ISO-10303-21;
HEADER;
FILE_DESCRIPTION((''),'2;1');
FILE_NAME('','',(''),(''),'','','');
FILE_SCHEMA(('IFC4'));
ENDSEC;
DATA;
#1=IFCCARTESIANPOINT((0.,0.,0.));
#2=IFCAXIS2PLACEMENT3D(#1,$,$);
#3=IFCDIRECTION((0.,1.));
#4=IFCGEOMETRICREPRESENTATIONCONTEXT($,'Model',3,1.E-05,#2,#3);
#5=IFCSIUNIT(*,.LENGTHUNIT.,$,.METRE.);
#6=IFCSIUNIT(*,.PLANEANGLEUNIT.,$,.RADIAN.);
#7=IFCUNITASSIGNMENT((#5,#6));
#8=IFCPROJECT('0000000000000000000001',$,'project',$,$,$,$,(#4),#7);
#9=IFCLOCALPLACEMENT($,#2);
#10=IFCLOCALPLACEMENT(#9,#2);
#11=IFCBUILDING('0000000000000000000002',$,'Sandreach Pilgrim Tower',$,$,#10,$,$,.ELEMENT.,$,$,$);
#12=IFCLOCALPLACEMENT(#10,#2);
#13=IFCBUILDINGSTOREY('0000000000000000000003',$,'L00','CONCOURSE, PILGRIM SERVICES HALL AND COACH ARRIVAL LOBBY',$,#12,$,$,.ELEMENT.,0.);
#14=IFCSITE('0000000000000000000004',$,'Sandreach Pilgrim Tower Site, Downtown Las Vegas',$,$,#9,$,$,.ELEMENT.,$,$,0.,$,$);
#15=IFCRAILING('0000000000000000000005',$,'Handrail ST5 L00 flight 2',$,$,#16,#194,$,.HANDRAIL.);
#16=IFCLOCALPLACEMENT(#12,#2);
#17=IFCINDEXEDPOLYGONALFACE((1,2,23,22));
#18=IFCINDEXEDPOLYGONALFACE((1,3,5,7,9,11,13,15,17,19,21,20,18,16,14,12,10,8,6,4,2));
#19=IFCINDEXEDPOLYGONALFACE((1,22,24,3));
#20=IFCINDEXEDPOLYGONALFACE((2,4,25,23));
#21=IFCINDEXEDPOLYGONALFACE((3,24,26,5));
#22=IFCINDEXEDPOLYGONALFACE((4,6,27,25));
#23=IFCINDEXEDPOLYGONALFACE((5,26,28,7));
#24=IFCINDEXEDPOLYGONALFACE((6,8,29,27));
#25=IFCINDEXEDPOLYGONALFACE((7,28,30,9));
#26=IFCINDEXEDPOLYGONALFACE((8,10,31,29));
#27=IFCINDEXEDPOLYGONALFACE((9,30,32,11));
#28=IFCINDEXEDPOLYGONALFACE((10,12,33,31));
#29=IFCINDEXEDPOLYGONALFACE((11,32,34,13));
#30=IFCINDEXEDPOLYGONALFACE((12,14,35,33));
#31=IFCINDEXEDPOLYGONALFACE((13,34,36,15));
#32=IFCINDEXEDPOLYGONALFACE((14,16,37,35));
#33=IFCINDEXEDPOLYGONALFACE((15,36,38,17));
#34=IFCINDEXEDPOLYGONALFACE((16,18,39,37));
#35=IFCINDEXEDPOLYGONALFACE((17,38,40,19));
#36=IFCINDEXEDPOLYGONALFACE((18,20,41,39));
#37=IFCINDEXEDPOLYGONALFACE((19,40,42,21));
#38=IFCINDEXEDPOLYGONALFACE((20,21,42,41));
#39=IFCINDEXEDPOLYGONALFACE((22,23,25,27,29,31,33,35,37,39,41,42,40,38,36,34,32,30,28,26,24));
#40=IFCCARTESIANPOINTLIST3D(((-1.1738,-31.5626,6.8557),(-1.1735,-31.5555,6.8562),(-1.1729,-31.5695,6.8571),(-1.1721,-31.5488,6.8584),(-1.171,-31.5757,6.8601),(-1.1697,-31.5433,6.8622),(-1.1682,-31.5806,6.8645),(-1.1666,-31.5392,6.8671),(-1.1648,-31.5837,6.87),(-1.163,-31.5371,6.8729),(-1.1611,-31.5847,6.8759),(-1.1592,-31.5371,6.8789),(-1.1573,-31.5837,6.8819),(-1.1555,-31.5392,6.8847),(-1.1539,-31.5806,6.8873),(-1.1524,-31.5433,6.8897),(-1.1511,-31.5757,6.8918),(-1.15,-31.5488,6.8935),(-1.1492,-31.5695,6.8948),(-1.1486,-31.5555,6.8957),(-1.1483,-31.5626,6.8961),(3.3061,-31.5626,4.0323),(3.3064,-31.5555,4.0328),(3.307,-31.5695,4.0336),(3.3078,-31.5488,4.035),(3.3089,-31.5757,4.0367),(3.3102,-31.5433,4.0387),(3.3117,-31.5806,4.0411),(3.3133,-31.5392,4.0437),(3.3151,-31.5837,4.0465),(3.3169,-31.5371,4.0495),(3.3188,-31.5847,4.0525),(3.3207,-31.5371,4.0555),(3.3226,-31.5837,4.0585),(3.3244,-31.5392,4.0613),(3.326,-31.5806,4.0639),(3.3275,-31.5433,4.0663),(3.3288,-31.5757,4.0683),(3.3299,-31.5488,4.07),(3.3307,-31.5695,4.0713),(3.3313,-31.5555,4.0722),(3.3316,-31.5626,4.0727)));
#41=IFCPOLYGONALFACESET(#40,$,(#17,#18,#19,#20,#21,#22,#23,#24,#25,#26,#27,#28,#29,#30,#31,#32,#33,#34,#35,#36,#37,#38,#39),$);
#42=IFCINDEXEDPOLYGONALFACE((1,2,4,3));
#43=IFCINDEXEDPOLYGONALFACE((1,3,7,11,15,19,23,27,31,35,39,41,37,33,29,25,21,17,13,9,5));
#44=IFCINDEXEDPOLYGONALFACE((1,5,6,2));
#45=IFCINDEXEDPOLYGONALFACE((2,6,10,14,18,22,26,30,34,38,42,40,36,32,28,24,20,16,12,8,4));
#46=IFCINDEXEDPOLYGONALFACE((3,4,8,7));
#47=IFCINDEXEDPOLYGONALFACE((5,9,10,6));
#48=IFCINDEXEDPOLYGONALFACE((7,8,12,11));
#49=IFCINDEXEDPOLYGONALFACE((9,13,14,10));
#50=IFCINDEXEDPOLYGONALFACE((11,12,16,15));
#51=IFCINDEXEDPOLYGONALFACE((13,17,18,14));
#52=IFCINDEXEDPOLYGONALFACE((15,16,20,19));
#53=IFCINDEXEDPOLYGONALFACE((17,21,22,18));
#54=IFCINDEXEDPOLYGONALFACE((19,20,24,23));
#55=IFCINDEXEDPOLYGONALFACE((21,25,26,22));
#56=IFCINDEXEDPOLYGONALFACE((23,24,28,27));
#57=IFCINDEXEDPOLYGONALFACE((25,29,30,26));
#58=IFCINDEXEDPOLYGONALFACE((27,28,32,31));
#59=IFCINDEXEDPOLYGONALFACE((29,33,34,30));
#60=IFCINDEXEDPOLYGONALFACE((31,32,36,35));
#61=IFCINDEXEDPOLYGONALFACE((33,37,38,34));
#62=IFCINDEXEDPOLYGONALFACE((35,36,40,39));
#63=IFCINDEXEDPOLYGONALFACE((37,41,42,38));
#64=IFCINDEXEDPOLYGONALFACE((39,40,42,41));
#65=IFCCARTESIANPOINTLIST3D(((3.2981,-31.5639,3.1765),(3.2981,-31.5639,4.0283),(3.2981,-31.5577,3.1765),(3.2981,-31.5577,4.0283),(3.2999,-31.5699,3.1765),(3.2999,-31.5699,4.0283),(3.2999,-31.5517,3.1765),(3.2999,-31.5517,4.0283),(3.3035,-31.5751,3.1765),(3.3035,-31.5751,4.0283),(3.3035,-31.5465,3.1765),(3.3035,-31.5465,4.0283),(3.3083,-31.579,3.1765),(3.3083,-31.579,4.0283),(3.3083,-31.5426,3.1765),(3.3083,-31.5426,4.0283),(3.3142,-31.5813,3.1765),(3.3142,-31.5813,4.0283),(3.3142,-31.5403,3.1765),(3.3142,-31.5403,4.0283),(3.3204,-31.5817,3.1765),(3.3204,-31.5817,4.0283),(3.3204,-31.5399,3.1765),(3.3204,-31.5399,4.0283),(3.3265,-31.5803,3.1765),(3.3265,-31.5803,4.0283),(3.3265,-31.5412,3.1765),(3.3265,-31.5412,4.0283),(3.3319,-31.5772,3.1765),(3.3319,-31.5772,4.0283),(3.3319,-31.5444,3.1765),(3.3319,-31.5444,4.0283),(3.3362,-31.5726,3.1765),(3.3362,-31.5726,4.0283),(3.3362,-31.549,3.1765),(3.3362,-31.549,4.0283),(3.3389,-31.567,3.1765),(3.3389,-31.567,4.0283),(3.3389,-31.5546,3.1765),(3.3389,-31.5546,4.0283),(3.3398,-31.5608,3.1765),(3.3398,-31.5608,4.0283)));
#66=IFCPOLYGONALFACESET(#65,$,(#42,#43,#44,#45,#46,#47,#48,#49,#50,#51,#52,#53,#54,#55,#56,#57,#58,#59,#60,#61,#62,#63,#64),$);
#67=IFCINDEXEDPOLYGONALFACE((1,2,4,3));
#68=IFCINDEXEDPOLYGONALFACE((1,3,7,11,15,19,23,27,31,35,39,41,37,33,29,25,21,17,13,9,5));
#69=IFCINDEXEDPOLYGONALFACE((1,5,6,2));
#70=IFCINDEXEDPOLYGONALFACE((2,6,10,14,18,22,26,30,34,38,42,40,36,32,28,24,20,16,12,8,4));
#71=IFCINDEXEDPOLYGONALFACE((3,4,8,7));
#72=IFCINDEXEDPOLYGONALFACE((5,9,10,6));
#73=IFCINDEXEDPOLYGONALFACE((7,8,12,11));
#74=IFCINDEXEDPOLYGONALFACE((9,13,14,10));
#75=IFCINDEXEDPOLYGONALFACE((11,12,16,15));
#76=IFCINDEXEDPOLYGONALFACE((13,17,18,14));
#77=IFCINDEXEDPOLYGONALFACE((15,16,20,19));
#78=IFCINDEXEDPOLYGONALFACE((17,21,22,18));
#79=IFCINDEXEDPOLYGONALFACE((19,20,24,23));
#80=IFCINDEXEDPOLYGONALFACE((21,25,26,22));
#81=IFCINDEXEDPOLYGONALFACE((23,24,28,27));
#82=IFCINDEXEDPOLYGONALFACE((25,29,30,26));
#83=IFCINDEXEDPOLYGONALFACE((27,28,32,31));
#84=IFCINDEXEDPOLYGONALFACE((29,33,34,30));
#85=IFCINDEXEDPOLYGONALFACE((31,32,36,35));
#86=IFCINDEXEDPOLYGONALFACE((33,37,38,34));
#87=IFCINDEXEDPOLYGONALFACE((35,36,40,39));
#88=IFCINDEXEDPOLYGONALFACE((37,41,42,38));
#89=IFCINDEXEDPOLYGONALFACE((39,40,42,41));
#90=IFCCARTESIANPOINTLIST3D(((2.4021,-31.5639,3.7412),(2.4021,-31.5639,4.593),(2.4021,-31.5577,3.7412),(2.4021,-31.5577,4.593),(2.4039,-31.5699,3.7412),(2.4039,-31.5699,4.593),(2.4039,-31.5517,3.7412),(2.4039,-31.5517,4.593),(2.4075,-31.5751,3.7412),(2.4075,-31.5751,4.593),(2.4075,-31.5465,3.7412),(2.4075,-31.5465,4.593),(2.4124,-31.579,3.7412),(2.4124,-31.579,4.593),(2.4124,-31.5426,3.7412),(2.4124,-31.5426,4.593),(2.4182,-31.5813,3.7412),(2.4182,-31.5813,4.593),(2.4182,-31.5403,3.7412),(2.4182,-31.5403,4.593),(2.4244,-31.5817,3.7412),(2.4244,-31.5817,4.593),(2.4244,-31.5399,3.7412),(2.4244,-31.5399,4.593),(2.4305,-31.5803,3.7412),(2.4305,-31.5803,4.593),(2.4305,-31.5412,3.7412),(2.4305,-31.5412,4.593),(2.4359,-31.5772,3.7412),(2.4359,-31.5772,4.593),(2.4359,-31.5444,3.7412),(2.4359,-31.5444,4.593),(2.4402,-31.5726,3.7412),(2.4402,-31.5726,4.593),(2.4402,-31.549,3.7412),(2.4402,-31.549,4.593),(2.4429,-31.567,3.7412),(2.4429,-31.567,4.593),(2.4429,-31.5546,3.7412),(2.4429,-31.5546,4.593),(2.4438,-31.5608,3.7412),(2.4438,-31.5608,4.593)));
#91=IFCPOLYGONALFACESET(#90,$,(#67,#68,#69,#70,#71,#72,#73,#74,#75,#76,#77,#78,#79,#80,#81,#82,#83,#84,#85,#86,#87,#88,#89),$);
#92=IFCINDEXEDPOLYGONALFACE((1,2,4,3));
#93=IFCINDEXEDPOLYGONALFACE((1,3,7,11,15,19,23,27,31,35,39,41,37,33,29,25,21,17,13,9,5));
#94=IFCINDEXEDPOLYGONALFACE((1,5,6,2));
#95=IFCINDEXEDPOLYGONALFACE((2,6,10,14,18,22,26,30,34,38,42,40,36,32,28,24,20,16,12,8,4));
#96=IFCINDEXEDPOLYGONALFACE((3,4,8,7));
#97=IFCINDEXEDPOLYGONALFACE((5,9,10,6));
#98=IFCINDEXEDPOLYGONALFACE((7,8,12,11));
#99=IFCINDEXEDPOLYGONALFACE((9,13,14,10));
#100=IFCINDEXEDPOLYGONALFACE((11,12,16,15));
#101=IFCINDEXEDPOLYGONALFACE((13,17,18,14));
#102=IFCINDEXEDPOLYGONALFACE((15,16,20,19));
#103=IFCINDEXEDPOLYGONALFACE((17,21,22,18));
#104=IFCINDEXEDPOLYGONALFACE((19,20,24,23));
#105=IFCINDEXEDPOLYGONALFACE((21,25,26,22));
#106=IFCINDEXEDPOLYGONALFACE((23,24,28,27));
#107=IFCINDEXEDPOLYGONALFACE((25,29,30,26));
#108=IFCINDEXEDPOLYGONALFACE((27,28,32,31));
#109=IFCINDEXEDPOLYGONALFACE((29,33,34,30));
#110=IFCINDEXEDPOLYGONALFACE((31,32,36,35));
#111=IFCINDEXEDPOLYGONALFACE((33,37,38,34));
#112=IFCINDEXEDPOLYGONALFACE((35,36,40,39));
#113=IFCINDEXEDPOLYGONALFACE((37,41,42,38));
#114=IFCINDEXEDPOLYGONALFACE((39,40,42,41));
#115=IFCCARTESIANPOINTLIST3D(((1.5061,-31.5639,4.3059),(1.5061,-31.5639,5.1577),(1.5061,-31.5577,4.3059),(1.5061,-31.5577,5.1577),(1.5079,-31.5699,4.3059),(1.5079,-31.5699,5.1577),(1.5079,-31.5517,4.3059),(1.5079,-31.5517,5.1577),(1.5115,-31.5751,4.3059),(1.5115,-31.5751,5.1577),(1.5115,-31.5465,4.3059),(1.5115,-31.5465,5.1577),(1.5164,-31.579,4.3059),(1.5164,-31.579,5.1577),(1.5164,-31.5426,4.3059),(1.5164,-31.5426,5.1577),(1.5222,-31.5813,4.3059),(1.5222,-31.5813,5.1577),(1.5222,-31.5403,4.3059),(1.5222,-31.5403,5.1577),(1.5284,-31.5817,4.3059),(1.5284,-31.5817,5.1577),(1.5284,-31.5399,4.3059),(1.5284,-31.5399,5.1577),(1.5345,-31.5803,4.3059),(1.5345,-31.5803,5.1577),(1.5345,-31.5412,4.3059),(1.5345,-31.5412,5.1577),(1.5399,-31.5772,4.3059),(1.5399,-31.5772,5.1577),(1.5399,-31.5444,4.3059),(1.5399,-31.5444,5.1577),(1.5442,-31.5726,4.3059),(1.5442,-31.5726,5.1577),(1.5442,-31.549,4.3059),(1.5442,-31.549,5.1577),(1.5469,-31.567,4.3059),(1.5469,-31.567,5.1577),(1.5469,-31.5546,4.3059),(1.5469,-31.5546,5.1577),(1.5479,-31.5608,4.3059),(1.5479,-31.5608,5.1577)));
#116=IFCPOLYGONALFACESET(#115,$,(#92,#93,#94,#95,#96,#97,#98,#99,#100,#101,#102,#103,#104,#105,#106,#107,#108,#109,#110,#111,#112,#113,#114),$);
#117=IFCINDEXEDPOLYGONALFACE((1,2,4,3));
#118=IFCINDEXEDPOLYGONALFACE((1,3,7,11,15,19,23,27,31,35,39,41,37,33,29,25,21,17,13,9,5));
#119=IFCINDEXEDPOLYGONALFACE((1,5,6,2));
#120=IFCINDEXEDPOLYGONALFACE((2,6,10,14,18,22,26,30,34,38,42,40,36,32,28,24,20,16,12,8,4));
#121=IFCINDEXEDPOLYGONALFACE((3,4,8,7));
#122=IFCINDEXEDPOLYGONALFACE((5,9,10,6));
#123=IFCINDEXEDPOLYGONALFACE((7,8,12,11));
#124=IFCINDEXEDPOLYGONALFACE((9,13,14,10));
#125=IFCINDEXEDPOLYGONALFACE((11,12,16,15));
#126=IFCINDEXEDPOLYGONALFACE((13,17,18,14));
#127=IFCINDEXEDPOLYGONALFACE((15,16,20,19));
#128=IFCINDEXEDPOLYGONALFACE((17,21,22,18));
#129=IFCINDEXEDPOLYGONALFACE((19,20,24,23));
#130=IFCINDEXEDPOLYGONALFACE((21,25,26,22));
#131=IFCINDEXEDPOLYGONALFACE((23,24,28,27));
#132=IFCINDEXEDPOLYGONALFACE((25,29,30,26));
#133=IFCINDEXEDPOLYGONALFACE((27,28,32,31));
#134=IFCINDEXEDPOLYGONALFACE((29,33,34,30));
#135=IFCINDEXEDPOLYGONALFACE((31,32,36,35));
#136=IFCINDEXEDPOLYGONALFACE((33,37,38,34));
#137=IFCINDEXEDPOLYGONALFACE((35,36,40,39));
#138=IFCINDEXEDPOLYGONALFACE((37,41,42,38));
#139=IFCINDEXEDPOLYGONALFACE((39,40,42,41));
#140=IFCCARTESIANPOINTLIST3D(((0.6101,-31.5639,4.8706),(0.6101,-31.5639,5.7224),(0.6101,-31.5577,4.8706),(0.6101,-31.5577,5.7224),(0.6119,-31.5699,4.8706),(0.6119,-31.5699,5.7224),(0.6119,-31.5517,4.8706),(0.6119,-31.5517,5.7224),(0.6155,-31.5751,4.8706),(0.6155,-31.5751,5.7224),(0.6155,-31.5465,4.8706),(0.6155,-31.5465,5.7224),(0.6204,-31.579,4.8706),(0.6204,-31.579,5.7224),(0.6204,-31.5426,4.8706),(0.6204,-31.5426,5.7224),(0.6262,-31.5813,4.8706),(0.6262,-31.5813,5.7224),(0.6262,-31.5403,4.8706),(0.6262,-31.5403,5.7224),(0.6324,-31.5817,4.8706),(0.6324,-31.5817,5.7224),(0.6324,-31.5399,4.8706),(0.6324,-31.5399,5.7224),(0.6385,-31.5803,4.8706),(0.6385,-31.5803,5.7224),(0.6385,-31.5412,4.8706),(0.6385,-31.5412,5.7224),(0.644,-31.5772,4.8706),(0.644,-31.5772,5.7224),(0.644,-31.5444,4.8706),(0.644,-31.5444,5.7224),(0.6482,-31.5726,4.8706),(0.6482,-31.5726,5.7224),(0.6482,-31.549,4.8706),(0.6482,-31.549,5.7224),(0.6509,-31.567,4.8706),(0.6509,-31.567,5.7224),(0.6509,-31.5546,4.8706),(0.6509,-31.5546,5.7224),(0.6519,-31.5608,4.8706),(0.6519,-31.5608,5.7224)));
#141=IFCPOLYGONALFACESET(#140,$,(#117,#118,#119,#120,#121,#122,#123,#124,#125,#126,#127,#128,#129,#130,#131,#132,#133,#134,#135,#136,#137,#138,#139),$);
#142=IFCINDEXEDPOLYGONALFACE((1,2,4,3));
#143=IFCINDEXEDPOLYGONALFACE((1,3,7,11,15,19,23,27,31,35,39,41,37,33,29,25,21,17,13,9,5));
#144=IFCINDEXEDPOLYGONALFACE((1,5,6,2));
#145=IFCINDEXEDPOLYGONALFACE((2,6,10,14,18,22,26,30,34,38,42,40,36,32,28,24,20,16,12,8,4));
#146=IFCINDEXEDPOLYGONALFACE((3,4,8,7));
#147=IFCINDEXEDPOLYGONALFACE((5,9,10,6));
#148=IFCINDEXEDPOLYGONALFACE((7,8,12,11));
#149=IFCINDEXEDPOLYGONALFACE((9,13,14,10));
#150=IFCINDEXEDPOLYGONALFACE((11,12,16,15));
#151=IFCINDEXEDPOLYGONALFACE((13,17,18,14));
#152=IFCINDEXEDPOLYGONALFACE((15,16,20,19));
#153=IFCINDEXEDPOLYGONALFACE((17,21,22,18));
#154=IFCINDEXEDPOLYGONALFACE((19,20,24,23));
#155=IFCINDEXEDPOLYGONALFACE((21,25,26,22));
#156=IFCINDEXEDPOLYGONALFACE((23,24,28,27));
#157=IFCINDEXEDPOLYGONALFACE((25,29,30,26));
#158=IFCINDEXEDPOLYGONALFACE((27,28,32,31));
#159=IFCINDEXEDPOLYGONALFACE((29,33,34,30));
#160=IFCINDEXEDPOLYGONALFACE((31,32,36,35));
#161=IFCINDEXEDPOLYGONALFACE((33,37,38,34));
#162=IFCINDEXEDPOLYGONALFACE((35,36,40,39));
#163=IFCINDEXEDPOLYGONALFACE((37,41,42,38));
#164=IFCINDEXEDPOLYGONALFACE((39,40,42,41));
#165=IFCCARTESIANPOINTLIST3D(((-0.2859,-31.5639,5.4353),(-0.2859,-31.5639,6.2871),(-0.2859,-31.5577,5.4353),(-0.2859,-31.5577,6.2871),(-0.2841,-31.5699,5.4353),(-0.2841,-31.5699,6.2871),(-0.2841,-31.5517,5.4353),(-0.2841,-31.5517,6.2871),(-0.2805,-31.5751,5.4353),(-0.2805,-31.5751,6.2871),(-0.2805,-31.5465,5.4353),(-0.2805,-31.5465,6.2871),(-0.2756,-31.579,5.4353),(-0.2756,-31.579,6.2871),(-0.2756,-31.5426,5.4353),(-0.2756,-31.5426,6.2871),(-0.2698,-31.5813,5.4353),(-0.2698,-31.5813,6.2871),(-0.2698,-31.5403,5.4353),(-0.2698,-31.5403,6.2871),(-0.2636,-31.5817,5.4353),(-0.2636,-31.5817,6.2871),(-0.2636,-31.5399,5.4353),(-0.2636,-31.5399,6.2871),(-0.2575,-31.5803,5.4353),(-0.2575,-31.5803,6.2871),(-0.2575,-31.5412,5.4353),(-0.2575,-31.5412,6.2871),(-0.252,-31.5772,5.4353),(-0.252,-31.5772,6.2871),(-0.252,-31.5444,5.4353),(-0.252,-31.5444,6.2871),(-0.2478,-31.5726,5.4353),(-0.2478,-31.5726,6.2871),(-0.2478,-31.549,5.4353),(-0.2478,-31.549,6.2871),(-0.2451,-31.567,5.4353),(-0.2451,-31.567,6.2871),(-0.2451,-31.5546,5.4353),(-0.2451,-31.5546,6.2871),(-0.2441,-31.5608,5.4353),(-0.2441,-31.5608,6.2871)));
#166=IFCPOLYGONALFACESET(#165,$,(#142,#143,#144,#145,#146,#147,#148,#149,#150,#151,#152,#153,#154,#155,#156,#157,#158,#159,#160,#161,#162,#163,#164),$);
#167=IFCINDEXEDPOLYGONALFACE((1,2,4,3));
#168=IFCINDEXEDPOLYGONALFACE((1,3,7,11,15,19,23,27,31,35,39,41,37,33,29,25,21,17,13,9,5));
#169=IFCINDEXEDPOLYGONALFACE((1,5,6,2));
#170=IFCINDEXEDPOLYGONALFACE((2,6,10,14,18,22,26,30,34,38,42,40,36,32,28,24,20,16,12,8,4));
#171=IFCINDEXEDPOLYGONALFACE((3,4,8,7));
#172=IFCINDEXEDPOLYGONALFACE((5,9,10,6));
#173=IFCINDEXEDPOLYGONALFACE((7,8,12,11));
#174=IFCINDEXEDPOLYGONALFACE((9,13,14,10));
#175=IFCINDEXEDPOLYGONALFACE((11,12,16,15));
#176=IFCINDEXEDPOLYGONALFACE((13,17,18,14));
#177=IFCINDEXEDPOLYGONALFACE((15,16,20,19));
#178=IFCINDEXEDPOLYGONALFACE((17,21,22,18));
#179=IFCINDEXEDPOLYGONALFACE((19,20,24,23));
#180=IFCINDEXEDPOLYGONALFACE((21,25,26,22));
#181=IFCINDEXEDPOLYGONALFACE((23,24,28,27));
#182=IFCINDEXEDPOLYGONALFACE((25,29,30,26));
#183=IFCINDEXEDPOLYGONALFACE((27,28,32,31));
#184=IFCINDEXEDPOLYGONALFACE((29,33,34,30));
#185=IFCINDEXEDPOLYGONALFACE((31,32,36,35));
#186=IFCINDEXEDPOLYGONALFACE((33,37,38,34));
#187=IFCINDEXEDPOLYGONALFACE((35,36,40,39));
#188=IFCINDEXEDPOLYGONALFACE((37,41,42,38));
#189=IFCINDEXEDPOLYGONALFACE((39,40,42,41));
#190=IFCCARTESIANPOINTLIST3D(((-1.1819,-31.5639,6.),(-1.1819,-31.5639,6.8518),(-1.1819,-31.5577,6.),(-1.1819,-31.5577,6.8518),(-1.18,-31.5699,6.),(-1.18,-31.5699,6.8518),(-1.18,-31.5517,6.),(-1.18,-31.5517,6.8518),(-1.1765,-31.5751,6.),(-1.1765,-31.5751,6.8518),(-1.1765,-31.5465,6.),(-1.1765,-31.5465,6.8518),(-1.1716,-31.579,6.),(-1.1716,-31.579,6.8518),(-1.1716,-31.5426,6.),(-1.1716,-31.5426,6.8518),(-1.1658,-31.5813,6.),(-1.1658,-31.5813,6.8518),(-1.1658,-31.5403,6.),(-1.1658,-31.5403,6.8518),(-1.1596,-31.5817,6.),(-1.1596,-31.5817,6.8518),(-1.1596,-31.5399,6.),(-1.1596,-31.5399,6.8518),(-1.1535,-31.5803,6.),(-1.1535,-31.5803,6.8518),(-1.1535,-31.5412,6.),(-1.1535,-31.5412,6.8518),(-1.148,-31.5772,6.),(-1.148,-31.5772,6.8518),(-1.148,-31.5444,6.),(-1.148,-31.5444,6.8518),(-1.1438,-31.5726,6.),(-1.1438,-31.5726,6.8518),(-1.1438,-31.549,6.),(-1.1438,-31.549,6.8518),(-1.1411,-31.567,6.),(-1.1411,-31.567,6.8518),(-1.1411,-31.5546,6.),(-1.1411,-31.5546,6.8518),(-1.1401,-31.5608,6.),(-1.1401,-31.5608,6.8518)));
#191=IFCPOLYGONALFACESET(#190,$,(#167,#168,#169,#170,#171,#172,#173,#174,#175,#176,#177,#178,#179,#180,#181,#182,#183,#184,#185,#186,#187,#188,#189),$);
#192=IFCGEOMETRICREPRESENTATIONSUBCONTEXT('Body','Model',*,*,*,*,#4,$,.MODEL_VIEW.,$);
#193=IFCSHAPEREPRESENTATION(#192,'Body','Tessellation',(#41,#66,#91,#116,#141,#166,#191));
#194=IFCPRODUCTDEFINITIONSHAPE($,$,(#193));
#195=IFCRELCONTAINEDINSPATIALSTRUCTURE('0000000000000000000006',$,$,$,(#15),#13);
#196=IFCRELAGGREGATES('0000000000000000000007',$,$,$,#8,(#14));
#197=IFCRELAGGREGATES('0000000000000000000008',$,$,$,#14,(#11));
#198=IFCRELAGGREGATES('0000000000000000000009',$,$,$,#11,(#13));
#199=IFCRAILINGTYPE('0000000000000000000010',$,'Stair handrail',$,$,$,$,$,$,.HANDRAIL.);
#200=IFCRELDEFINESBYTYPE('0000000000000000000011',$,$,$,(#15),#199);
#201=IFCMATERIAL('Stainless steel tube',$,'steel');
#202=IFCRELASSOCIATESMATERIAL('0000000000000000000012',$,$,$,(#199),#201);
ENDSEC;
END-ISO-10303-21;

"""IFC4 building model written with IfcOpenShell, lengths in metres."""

from ifc_helpers import new_model, si_unit, direction, frame, origin, origin_2d, place, context, subcontext, project, spatial, circle, extrude, material, type_object, element, save


model = new_model("IFC4")

# Units and contexts
model_context = context("Model", 3, precision=1e-05, world=origin(), true_north=direction((0.0, 1.0)))
body_context = subcontext(model_context, "Body", "Model", "MODEL_VIEW")
ifc_project = project(units=[si_unit("LENGTHUNIT", "METRE"), si_unit("PLANEANGLEUNIT", "RADIAN")], contexts=[model_context])

# Site, building, storey
site_placement = place(None, origin())
site = spatial("IfcSite", under=ifc_project, at=site_placement, Name="Sandreach Pilgrim Tower Site, Downtown Las Vegas", CompositionType="ELEMENT", RefElevation=0.0)
building_placement = place(site_placement, origin())
building = spatial("IfcBuilding", under=site, at=building_placement, Name="Sandreach Pilgrim Tower", CompositionType="ELEMENT")
storey_placement = place(building_placement, origin())
storey = spatial("IfcBuildingStorey", under=building, at=storey_placement, Name="L00", Description="CONCOURSE, PILGRIM SERVICES HALL AND COACH ARRIVAL LOBBY", CompositionType="ELEMENT", Elevation=0.0)

# Railing
ifc_material_1 = material(Name="Stainless steel tube", Category="steel")
railing_type = type_object("IfcRailingType", Name="Stair handrail", PredefinedType="HANDRAIL", material=ifc_material_1)
for number, where, name in (
    (1, (3.3188, -31.5608, 3.1765), "Handrail ST5 L00 flight 2"),
):
    element("IfcRailing", number, at=place(storey_placement, frame(where)), inside=storey, type_object=railing_type, Name=name, PredefinedType="HANDRAIL", context=body_context, shape_type="SweptSolid", body=[
        extrude(circle(Radius=0.0239, at=origin_2d()), frame((0.0, 0.0, 0.876), z_axis=(-0.845998, 0.0, 0.533186), x_axis=(0.0, -1.0, 0.0)), (0.0, 0.0, 1.0), 5.2954),
        extrude(circle(Radius=0.021, at=origin_2d()), origin(), (0.0, 0.0, 1.0), 0.8518),
        extrude(circle(Radius=0.021, at=origin_2d()), frame((-0.896, 0.0, 0.5647)), (0.0, 0.0, 1.0), 0.8518),
        extrude(circle(Radius=0.021, at=origin_2d()), frame((-1.792, 0.0, 1.1294)), (0.0, 0.0, 1.0), 0.8518),
        extrude(circle(Radius=0.021, at=origin_2d()), frame((-2.688, 0.0, 1.6941)), (0.0, 0.0, 1.0), 0.8518),
        extrude(circle(Radius=0.021, at=origin_2d()), frame((-3.584, 0.0, 2.2588)), (0.0, 0.0, 1.0), 0.8518),
        extrude(circle(Radius=0.021, at=origin_2d()), frame((-4.48, 0.0, 2.8235)), (0.0, 0.0, 1.0), 0.8518),
    ])

save(model, "model.ifc")
